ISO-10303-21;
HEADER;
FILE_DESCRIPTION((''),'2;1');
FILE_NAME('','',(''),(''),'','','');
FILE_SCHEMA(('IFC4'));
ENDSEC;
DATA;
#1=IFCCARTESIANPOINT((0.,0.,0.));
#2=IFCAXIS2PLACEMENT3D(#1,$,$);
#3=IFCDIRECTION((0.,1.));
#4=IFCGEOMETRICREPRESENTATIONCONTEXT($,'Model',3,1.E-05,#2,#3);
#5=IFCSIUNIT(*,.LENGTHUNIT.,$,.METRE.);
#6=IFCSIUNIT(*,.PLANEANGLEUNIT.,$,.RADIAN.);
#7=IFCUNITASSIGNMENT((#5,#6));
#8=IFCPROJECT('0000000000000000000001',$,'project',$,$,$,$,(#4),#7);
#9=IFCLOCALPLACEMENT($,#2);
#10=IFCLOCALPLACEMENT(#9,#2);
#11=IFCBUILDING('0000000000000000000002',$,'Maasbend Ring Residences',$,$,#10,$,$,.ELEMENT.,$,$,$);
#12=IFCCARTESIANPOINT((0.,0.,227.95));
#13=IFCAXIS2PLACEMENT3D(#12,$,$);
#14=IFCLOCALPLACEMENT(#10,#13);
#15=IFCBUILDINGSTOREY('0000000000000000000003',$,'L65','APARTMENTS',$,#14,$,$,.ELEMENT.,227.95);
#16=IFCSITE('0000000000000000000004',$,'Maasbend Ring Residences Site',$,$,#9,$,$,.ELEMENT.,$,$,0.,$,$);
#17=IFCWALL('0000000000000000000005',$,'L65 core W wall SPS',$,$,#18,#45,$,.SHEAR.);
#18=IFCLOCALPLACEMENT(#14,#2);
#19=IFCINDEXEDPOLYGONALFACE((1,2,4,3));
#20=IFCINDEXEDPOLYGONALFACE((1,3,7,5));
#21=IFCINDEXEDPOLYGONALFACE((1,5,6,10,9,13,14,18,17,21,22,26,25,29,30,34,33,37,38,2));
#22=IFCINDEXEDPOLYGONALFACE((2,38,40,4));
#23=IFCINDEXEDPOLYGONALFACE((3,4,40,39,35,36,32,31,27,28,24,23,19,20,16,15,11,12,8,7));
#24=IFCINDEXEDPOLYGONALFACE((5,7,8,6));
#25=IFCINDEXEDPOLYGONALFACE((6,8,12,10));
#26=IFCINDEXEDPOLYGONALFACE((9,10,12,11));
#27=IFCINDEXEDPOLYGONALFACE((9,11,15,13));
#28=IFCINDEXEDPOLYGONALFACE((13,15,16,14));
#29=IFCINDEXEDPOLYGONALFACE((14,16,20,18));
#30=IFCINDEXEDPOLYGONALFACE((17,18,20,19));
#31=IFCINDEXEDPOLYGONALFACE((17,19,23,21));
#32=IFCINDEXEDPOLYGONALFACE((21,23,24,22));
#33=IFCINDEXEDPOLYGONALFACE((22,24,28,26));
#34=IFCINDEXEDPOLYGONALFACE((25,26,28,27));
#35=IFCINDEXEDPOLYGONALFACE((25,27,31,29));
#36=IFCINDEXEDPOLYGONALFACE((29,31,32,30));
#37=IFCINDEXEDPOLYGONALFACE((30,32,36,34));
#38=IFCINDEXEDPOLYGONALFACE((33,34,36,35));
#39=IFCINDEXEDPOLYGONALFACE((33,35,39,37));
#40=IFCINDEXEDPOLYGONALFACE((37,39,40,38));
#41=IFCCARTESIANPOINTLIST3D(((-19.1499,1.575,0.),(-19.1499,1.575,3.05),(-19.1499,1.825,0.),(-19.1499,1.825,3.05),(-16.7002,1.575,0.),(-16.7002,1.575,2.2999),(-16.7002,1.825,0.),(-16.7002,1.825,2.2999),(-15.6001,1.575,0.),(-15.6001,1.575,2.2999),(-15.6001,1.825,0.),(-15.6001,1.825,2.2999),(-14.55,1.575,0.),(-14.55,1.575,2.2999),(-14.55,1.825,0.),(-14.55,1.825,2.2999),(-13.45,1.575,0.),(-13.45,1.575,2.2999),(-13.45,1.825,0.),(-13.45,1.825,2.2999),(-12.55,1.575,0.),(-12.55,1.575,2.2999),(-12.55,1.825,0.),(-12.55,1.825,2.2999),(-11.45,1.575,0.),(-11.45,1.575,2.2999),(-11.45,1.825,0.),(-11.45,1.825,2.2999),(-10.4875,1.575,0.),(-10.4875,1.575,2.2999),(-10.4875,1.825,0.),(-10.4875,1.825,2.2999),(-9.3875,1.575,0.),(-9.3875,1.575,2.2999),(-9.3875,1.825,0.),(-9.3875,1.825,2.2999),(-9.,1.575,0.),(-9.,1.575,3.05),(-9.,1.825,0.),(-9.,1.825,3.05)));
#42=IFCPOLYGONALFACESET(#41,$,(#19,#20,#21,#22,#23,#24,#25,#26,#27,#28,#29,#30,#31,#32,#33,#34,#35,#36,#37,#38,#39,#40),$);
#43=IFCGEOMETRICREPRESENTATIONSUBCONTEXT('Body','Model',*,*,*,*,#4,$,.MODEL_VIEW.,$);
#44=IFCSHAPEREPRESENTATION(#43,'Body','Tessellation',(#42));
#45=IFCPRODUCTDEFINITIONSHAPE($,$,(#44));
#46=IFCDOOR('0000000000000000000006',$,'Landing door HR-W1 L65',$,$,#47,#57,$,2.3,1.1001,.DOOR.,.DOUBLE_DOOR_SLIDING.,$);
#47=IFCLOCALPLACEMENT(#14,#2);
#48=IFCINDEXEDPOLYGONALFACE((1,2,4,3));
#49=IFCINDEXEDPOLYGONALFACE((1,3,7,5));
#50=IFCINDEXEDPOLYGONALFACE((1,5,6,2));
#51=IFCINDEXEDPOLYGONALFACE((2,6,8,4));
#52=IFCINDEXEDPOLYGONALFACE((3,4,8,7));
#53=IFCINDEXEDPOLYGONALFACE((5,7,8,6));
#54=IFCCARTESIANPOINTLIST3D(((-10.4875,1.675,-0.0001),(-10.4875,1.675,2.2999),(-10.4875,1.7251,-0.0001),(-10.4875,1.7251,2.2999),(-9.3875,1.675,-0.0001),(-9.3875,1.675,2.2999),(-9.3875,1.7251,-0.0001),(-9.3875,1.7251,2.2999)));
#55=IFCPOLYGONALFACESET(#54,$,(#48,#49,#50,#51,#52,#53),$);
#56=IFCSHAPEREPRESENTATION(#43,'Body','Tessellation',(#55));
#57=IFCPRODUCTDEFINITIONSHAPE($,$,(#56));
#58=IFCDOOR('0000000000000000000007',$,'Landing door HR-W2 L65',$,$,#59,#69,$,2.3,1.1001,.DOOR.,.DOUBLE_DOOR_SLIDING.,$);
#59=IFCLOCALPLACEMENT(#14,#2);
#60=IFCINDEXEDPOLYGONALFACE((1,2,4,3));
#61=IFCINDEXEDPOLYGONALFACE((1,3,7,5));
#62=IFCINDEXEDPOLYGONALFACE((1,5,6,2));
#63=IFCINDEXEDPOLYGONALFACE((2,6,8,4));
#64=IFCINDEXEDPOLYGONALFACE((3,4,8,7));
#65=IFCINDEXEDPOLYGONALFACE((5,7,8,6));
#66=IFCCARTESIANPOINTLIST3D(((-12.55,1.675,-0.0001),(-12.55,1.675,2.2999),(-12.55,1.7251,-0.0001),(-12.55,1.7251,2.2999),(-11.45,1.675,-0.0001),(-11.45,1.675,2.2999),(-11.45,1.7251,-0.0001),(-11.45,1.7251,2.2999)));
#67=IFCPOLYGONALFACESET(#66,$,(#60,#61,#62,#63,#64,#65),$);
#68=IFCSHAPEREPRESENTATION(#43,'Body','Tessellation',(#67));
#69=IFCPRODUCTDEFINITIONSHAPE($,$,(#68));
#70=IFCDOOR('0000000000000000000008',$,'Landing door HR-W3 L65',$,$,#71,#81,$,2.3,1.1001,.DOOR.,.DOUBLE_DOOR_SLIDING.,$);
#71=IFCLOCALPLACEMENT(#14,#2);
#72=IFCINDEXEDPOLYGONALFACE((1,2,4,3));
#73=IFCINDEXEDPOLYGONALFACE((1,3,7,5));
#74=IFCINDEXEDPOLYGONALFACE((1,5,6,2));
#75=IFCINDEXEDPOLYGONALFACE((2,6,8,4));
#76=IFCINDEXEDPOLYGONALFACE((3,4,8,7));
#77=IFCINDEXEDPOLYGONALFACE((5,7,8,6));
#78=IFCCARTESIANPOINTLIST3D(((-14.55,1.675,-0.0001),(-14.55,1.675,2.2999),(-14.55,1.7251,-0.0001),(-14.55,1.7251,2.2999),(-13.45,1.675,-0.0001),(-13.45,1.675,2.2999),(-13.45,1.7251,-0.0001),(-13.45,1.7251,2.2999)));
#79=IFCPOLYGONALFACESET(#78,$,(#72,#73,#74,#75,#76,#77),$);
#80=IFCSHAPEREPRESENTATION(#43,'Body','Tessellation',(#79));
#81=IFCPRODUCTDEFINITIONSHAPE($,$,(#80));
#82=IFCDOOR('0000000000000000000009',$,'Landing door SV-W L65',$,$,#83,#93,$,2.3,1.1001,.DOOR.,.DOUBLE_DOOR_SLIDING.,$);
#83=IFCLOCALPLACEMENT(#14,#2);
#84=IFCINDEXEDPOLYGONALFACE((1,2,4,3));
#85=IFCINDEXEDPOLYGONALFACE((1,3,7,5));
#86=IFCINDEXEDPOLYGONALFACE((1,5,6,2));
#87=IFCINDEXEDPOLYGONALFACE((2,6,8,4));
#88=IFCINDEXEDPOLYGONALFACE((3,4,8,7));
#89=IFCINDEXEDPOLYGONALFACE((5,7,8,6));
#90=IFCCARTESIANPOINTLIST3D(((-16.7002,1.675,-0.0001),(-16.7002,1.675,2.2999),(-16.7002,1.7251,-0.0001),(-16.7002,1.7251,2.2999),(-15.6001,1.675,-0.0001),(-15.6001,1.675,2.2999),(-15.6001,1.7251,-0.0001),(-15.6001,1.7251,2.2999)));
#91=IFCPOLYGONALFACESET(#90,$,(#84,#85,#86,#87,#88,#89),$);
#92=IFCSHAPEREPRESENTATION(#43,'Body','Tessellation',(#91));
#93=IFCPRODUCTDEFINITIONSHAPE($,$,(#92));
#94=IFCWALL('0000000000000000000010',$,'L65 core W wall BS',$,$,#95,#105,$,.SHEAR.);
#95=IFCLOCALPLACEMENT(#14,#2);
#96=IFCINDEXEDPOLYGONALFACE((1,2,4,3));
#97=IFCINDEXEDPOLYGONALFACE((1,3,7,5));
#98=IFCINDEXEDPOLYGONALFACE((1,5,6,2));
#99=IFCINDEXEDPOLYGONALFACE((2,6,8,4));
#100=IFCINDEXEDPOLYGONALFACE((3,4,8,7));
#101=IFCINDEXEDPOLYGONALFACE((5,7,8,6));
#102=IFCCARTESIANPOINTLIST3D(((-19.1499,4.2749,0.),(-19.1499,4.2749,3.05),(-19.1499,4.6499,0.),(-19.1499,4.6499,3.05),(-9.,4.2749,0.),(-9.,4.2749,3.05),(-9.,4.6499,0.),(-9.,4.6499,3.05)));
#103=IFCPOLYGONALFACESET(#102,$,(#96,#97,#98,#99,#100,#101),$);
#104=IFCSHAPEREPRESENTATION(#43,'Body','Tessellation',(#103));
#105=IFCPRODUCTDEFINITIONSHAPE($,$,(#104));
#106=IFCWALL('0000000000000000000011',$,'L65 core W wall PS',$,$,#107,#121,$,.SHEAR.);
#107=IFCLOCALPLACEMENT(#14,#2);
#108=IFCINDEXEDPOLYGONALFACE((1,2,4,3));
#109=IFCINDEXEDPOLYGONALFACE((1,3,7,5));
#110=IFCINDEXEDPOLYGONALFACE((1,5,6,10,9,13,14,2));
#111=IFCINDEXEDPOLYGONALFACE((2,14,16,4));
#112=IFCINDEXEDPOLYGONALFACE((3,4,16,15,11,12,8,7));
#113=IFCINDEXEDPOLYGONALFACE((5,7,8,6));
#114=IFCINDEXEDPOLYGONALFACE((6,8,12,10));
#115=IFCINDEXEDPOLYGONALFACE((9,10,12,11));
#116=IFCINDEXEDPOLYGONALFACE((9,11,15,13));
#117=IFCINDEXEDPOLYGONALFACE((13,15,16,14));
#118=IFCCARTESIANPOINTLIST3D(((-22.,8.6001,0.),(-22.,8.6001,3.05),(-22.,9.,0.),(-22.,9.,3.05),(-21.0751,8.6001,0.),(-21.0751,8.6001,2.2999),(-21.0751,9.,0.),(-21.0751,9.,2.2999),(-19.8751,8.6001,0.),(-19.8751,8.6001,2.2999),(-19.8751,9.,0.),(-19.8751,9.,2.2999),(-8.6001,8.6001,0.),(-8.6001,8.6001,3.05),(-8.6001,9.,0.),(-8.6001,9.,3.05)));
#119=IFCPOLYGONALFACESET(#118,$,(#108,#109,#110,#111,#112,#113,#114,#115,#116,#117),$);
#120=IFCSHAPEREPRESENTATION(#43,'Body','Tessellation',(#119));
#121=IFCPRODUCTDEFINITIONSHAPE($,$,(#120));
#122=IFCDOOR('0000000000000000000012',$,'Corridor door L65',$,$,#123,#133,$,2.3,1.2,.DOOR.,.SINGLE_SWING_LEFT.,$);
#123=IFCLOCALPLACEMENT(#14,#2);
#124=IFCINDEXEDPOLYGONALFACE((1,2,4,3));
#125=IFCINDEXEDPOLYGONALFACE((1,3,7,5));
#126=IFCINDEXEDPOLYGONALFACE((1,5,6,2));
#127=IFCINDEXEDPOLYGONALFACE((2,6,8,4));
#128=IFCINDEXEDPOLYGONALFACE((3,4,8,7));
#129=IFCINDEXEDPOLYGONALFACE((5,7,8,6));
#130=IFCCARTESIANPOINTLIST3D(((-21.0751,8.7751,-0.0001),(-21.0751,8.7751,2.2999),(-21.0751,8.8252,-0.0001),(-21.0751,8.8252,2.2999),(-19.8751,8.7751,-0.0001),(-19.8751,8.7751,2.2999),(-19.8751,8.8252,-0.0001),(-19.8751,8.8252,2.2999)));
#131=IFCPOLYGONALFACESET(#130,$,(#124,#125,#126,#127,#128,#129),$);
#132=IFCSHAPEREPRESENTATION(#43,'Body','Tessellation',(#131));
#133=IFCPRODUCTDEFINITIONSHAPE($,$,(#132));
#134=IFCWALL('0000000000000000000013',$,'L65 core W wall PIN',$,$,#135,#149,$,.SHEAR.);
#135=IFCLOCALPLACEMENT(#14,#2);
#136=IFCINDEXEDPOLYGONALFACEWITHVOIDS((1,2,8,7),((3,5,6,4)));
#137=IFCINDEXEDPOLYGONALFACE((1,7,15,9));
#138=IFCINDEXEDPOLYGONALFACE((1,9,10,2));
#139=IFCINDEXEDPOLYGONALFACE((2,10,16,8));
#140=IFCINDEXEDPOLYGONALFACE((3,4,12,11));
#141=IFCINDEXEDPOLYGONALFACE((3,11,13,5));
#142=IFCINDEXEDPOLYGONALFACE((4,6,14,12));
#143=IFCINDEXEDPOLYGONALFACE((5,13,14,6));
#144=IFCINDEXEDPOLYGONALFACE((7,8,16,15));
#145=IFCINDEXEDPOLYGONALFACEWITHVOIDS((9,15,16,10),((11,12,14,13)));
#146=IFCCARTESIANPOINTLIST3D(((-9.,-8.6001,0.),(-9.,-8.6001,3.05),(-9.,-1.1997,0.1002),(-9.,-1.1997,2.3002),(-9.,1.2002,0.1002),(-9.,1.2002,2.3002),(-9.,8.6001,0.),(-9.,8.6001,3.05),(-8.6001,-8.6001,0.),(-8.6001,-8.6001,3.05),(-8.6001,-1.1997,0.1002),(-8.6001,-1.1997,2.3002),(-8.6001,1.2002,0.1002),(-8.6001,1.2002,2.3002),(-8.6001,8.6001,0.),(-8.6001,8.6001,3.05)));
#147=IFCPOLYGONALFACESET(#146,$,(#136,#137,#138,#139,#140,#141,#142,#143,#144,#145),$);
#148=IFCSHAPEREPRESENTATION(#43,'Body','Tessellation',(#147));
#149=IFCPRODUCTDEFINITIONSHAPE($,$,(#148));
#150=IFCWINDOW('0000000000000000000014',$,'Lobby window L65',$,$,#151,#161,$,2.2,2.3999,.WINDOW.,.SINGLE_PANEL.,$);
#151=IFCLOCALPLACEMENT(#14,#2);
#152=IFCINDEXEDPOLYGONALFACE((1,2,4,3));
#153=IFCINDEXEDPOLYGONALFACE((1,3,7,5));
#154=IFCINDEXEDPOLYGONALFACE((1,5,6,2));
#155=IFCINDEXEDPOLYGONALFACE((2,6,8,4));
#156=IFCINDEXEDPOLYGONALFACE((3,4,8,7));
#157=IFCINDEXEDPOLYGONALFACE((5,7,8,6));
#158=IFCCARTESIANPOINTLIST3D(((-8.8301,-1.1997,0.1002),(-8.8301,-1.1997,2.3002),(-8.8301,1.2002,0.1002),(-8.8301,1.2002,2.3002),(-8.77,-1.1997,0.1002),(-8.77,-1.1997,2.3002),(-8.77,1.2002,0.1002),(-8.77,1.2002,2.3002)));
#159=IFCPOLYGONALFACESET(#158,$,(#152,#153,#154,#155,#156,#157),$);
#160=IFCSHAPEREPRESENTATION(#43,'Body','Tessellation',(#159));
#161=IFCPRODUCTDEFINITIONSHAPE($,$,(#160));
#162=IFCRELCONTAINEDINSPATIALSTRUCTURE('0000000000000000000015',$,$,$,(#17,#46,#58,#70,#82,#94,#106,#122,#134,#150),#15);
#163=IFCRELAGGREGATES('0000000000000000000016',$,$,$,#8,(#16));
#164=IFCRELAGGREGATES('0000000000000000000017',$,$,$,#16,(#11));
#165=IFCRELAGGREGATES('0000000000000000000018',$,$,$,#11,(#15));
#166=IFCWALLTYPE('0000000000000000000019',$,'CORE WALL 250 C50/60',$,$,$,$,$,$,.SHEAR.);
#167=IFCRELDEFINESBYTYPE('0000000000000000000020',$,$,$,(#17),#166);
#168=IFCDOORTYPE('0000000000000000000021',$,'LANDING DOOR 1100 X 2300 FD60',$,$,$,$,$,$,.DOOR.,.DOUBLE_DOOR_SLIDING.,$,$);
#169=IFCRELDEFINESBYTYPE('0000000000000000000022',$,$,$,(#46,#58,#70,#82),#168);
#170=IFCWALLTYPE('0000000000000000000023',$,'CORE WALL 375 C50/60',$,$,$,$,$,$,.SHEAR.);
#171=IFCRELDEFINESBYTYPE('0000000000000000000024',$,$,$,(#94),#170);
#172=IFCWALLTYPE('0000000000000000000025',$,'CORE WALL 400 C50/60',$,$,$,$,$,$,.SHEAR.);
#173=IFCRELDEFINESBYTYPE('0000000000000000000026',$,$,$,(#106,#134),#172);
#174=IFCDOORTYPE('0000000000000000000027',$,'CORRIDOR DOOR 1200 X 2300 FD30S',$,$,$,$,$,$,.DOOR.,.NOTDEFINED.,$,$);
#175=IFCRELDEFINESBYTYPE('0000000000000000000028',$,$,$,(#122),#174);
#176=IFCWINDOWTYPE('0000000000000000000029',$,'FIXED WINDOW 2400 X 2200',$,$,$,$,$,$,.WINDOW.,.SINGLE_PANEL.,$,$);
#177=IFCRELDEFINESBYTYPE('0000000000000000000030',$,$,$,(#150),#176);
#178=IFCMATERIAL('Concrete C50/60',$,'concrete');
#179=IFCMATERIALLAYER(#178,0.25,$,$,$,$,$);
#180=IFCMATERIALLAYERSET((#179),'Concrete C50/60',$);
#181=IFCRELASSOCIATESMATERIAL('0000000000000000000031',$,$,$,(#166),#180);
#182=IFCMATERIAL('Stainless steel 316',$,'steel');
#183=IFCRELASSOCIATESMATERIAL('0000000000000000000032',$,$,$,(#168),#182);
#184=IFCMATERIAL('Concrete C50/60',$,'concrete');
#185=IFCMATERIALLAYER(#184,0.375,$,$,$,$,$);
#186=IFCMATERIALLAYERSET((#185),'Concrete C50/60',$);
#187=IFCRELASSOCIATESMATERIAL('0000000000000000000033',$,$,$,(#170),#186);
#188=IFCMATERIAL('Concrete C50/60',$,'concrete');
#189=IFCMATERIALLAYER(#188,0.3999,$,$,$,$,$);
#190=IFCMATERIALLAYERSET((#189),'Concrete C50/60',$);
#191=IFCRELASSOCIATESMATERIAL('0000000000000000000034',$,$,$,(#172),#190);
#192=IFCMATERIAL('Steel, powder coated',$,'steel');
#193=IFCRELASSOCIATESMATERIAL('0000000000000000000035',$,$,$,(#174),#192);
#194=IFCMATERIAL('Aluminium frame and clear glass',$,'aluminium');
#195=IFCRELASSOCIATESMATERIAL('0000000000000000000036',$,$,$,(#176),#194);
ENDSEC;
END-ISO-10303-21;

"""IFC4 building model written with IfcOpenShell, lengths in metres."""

from ifc_helpers import new_model, si_unit, direction, frame, frame_2d, origin, place, context, subcontext, project, spatial, rectangle, extrude, material, layer, layer_set, type_object, element, fill, save


model = new_model("IFC4")

# Units and contexts
model_context = context("Model", 3, precision=1e-05, world=origin(), true_north=direction((0.0, 1.0)))
body_context = subcontext(model_context, "Body", "Model", "MODEL_VIEW")
ifc_project = project(units=[si_unit("LENGTHUNIT", "METRE"), si_unit("PLANEANGLEUNIT", "RADIAN")], contexts=[model_context])

# Site, building, storey
site_placement = place(None, origin())
site = spatial("IfcSite", under=ifc_project, at=site_placement, Name="Maasbend Ring Residences Site", CompositionType="ELEMENT", RefElevation=0.0)
building_placement = place(site_placement, origin())
building = spatial("IfcBuilding", under=site, at=building_placement, Name="Maasbend Ring Residences", CompositionType="ELEMENT")
storey_placement = place(building_placement, frame((0.0, 0.0, 227.95)))
storey = spatial("IfcBuildingStorey", under=building, at=storey_placement, Name="L65", Description="APARTMENTS", CompositionType="ELEMENT", Elevation=227.95)

# Wall, openings, doors
ifc_material_1 = material(Name="Concrete C50/60", Category="concrete")
ifc_layer_1 = layer(ifc_material_1, 0.25)
ifc_layer_set_1 = layer_set([ifc_layer_1], Name="Concrete C50/60")
wall_type_1 = type_object("IfcWallType", Name="CORE WALL 250 C50/60", PredefinedType="SHEAR", material=ifc_layer_set_1)
wall_1_placement = place(storey_placement, frame((-9.0, 1.7, 0.0), z_axis=(0.0, 0.0, 1.0), x_axis=(-1.0, 0.0, 0.0)))
wall_1 = element("IfcWall", 1, at=wall_1_placement, inside=storey, type_object=wall_type_1, Name="L65 core W wall SPS", PredefinedType="SHEAR", context=body_context, shape_type="SweptSolid", body=[
    extrude(rectangle(XDim=10.1499, YDim=0.25, at=frame_2d((5.075, 0.0))), origin(), (0.0, 0.0, 1.0), 3.05),
])
opening_1_placement = place(wall_1_placement, frame((0.3875, 0.0, 0.0)))
opening_1 = element("IfcOpeningElement", 2, at=opening_1_placement, cuts=wall_1, PredefinedType="OPENING", context=body_context, shape_type="SweptSolid", body=[
    extrude(rectangle(XDim=1.1001, YDim=2.3, at=frame_2d((0.55, 1.1499))), frame((0.0, 0.135, 0.0), z_axis=(0.0, -1.0, 0.0), x_axis=(1.0, 0.0, 0.0)), (0.0, 0.0, 1.0), 0.27),
])
opening_2_placement = place(wall_1_placement, frame((2.45, 0.0, 0.0)))
opening_2 = element("IfcOpeningElement", 3, at=opening_2_placement, cuts=wall_1, PredefinedType="OPENING", context=body_context, shape_type="SweptSolid", body=[
    extrude(rectangle(XDim=1.1001, YDim=2.3, at=frame_2d((0.55, 1.1499))), frame((0.0, 0.135, 0.0), z_axis=(0.0, -1.0, 0.0), x_axis=(1.0, 0.0, 0.0)), (0.0, 0.0, 1.0), 0.27),
])
opening_3_placement = place(wall_1_placement, frame((4.45, 0.0, 0.0)))
opening_3 = element("IfcOpeningElement", 4, at=opening_3_placement, cuts=wall_1, PredefinedType="OPENING", context=body_context, shape_type="SweptSolid", body=[
    extrude(rectangle(XDim=1.1001, YDim=2.3, at=frame_2d((0.55, 1.1499))), frame((0.0, 0.135, 0.0), z_axis=(0.0, -1.0, 0.0), x_axis=(1.0, 0.0, 0.0)), (0.0, 0.0, 1.0), 0.27),
])
opening_4_placement = place(wall_1_placement, frame((6.6001, 0.0, 0.0)))
opening_4 = element("IfcOpeningElement", 5, at=opening_4_placement, cuts=wall_1, PredefinedType="OPENING", context=body_context, shape_type="SweptSolid", body=[
    extrude(rectangle(XDim=1.1001, YDim=2.3, at=frame_2d((0.55, 1.1499))), frame((0.0, 0.135, 0.0), z_axis=(0.0, -1.0, 0.0), x_axis=(1.0, 0.0, 0.0)), (0.0, 0.0, 1.0), 0.27),
])
ifc_material_2 = material(Name="Stainless steel 316", Category="steel")
door_type_1 = type_object("IfcDoorType", Name="LANDING DOOR 1100 X 2300 FD60", OperationType="DOUBLE_DOOR_SLIDING", PredefinedType="DOOR", material=ifc_material_2)
door_1_placement = place(opening_1_placement, origin())
door_1 = element("IfcDoor", 6, at=door_1_placement, inside=storey, type_object=door_type_1, Name="Landing door HR-W1 L65", OperationType="DOUBLE_DOOR_SLIDING", OverallHeight=2.3, OverallWidth=1.1001, PredefinedType="DOOR", context=body_context, shape_type="SweptSolid", body=[
    extrude(rectangle(XDim=1.1001, YDim=2.3, at=frame_2d((0.55, 1.1499))), frame((0.0, 0.0249, 0.0), z_axis=(0.0, -1.0, 0.0), x_axis=(1.0, 0.0, 0.0)), (0.0, 0.0, 1.0), 0.05),
])
fill(opening_1, door_1)
door_2_placement = place(opening_2_placement, origin())
door_2 = element("IfcDoor", 7, at=door_2_placement, inside=storey, type_object=door_type_1, Name="Landing door HR-W2 L65", OperationType="DOUBLE_DOOR_SLIDING", OverallHeight=2.3, OverallWidth=1.1001, PredefinedType="DOOR", context=body_context, shape_type="SweptSolid", body=[
    extrude(rectangle(XDim=1.1001, YDim=2.3, at=frame_2d((0.55, 1.1499))), frame((0.0, 0.0249, 0.0), z_axis=(0.0, -1.0, 0.0), x_axis=(1.0, 0.0, 0.0)), (0.0, 0.0, 1.0), 0.05),
])
fill(opening_2, door_2)
door_3_placement = place(opening_3_placement, origin())
door_3 = element("IfcDoor", 8, at=door_3_placement, inside=storey, type_object=door_type_1, Name="Landing door HR-W3 L65", OperationType="DOUBLE_DOOR_SLIDING", OverallHeight=2.3, OverallWidth=1.1001, PredefinedType="DOOR", context=body_context, shape_type="SweptSolid", body=[
    extrude(rectangle(XDim=1.1001, YDim=2.3, at=frame_2d((0.55, 1.1499))), frame((0.0, 0.0249, 0.0), z_axis=(0.0, -1.0, 0.0), x_axis=(1.0, 0.0, 0.0)), (0.0, 0.0, 1.0), 0.05),
])
fill(opening_3, door_3)
door_4_placement = place(opening_4_placement, origin())
door_4 = element("IfcDoor", 9, at=door_4_placement, inside=storey, type_object=door_type_1, Name="Landing door SV-W L65", OperationType="DOUBLE_DOOR_SLIDING", OverallHeight=2.3, OverallWidth=1.1001, PredefinedType="DOOR", context=body_context, shape_type="SweptSolid", body=[
    extrude(rectangle(XDim=1.1001, YDim=2.3, at=frame_2d((0.55, 1.1499))), frame((0.0, 0.0249, 0.0), z_axis=(0.0, -1.0, 0.0), x_axis=(1.0, 0.0, 0.0)), (0.0, 0.0, 1.0), 0.05),
])
fill(opening_4, door_4)

# Wall
ifc_material_3 = material(Name="Concrete C50/60", Category="concrete")
ifc_layer_2 = layer(ifc_material_3, 0.375)
ifc_layer_set_2 = layer_set([ifc_layer_2], Name="Concrete C50/60")
wall_type_2 = type_object("IfcWallType", Name="CORE WALL 375 C50/60", PredefinedType="SHEAR", material=ifc_layer_set_2)
wall_2_placement = place(storey_placement, frame((-9.0, 4.4624, 0.0), z_axis=(0.0, 0.0, 1.0), x_axis=(-1.0, 0.0, 0.0)))
element("IfcWall", 10, at=wall_2_placement, inside=storey, type_object=wall_type_2, Name="L65 core W wall BS", PredefinedType="SHEAR", context=body_context, shape_type="SweptSolid", body=[
    extrude(rectangle(XDim=10.1499, YDim=0.375, at=frame_2d((5.075, 0.0))), origin(), (0.0, 0.0, 1.0), 3.05),
])

# Wall, opening, door
ifc_material_4 = material(Name="Concrete C50/60", Category="concrete")
ifc_layer_3 = layer(ifc_material_4, 0.3999)
ifc_layer_set_3 = layer_set([ifc_layer_3], Name="Concrete C50/60")
wall_type_3 = type_object("IfcWallType", Name="CORE WALL 400 C50/60", PredefinedType="SHEAR", material=ifc_layer_set_3)
wall_3_placement = place(storey_placement, frame((-8.6001, 8.8, 0.0), z_axis=(0.0, 0.0, 1.0), x_axis=(-1.0, 0.0, 0.0)))
wall_3 = element("IfcWall", 11, at=wall_3_placement, inside=storey, type_object=wall_type_3, Name="L65 core W wall PS", PredefinedType="SHEAR", context=body_context, shape_type="SweptSolid", body=[
    extrude(rectangle(XDim=13.3999, YDim=0.3999, at=frame_2d((6.7, 0.0))), origin(), (0.0, 0.0, 1.0), 3.05),
])
opening_5_placement = place(wall_3_placement, frame((11.2749, 0.0, 0.0)))
opening_5 = element("IfcOpeningElement", 12, at=opening_5_placement, cuts=wall_3, PredefinedType="OPENING", context=body_context, shape_type="SweptSolid", body=[
    extrude(rectangle(XDim=1.2, YDim=2.3, at=frame_2d((0.6001, 1.1499))), frame((0.0, 0.21, 0.0), z_axis=(0.0, -1.0, 0.0), x_axis=(1.0, 0.0, 0.0)), (0.0, 0.0, 1.0), 0.4199),
])
ifc_material_5 = material(Name="Steel, powder coated", Category="steel")
door_type_2 = type_object("IfcDoorType", Name="CORRIDOR DOOR 1200 X 2300 FD30S", OperationType="NOTDEFINED", PredefinedType="DOOR", material=ifc_material_5)
door_5_placement = place(opening_5_placement, origin())
door_5 = element("IfcDoor", 13, at=door_5_placement, inside=storey, type_object=door_type_2, Name="Corridor door L65", OperationType="SINGLE_SWING_LEFT", OverallHeight=2.3, OverallWidth=1.2, PredefinedType="DOOR", context=body_context, shape_type="SweptSolid", body=[
    extrude(rectangle(XDim=1.2, YDim=2.3, at=frame_2d((0.6001, 1.1499))), frame((0.0, 0.0249, 0.0), z_axis=(0.0, -1.0, 0.0), x_axis=(1.0, 0.0, 0.0)), (0.0, 0.0, 1.0), 0.05),
])
fill(opening_5, door_5)

# Wall, opening, window
wall_4_placement = place(storey_placement, frame((-8.8, 8.6001, 0.0), z_axis=(0.0, 0.0, 1.0), x_axis=(0.0, -1.0, 0.0)))
wall_4 = element("IfcWall", 14, at=wall_4_placement, inside=storey, type_object=wall_type_3, Name="L65 core W wall PIN", PredefinedType="SHEAR", context=body_context, shape_type="SweptSolid", body=[
    extrude(rectangle(XDim=17.2002, YDim=0.3999, at=frame_2d((8.6001, 0.0))), origin(), (0.0, 0.0, 1.0), 3.05),
])
opening_6_placement = place(wall_4_placement, frame((7.3999, 0.0, 0.1001)))
opening_6 = element("IfcOpeningElement", 15, at=opening_6_placement, cuts=wall_4, PredefinedType="OPENING", context=body_context, shape_type="SweptSolid", body=[
    extrude(rectangle(XDim=2.3999, YDim=2.2, at=frame_2d((1.2, 1.1001))), frame((0.0, 0.21, 0.0), z_axis=(0.0, -1.0, 0.0), x_axis=(1.0, 0.0, 0.0)), (0.0, 0.0, 1.0), 0.4199),
])
ifc_material_6 = material(Name="Aluminium frame and clear glass", Category="aluminium")
window_type = type_object("IfcWindowType", Name="FIXED WINDOW 2400 X 2200", PartitioningType="SINGLE_PANEL", PredefinedType="WINDOW", material=ifc_material_6)
window_placement = place(opening_6_placement, origin())
window = element("IfcWindow", 16, at=window_placement, inside=storey, type_object=window_type, Name="Lobby window L65", OverallHeight=2.2, OverallWidth=2.3999, PartitioningType="SINGLE_PANEL", PredefinedType="WINDOW", context=body_context, shape_type="SweptSolid", body=[
    extrude(rectangle(XDim=2.3999, YDim=2.2, at=frame_2d((1.2, 1.1001))), frame((0.0, 0.03, 0.0), z_axis=(0.0, -1.0, 0.0), x_axis=(1.0, 0.0, 0.0)), (0.0, 0.0, 1.0), 0.0601),
])
fill(opening_6, window)

save(model, "model.ifc")
